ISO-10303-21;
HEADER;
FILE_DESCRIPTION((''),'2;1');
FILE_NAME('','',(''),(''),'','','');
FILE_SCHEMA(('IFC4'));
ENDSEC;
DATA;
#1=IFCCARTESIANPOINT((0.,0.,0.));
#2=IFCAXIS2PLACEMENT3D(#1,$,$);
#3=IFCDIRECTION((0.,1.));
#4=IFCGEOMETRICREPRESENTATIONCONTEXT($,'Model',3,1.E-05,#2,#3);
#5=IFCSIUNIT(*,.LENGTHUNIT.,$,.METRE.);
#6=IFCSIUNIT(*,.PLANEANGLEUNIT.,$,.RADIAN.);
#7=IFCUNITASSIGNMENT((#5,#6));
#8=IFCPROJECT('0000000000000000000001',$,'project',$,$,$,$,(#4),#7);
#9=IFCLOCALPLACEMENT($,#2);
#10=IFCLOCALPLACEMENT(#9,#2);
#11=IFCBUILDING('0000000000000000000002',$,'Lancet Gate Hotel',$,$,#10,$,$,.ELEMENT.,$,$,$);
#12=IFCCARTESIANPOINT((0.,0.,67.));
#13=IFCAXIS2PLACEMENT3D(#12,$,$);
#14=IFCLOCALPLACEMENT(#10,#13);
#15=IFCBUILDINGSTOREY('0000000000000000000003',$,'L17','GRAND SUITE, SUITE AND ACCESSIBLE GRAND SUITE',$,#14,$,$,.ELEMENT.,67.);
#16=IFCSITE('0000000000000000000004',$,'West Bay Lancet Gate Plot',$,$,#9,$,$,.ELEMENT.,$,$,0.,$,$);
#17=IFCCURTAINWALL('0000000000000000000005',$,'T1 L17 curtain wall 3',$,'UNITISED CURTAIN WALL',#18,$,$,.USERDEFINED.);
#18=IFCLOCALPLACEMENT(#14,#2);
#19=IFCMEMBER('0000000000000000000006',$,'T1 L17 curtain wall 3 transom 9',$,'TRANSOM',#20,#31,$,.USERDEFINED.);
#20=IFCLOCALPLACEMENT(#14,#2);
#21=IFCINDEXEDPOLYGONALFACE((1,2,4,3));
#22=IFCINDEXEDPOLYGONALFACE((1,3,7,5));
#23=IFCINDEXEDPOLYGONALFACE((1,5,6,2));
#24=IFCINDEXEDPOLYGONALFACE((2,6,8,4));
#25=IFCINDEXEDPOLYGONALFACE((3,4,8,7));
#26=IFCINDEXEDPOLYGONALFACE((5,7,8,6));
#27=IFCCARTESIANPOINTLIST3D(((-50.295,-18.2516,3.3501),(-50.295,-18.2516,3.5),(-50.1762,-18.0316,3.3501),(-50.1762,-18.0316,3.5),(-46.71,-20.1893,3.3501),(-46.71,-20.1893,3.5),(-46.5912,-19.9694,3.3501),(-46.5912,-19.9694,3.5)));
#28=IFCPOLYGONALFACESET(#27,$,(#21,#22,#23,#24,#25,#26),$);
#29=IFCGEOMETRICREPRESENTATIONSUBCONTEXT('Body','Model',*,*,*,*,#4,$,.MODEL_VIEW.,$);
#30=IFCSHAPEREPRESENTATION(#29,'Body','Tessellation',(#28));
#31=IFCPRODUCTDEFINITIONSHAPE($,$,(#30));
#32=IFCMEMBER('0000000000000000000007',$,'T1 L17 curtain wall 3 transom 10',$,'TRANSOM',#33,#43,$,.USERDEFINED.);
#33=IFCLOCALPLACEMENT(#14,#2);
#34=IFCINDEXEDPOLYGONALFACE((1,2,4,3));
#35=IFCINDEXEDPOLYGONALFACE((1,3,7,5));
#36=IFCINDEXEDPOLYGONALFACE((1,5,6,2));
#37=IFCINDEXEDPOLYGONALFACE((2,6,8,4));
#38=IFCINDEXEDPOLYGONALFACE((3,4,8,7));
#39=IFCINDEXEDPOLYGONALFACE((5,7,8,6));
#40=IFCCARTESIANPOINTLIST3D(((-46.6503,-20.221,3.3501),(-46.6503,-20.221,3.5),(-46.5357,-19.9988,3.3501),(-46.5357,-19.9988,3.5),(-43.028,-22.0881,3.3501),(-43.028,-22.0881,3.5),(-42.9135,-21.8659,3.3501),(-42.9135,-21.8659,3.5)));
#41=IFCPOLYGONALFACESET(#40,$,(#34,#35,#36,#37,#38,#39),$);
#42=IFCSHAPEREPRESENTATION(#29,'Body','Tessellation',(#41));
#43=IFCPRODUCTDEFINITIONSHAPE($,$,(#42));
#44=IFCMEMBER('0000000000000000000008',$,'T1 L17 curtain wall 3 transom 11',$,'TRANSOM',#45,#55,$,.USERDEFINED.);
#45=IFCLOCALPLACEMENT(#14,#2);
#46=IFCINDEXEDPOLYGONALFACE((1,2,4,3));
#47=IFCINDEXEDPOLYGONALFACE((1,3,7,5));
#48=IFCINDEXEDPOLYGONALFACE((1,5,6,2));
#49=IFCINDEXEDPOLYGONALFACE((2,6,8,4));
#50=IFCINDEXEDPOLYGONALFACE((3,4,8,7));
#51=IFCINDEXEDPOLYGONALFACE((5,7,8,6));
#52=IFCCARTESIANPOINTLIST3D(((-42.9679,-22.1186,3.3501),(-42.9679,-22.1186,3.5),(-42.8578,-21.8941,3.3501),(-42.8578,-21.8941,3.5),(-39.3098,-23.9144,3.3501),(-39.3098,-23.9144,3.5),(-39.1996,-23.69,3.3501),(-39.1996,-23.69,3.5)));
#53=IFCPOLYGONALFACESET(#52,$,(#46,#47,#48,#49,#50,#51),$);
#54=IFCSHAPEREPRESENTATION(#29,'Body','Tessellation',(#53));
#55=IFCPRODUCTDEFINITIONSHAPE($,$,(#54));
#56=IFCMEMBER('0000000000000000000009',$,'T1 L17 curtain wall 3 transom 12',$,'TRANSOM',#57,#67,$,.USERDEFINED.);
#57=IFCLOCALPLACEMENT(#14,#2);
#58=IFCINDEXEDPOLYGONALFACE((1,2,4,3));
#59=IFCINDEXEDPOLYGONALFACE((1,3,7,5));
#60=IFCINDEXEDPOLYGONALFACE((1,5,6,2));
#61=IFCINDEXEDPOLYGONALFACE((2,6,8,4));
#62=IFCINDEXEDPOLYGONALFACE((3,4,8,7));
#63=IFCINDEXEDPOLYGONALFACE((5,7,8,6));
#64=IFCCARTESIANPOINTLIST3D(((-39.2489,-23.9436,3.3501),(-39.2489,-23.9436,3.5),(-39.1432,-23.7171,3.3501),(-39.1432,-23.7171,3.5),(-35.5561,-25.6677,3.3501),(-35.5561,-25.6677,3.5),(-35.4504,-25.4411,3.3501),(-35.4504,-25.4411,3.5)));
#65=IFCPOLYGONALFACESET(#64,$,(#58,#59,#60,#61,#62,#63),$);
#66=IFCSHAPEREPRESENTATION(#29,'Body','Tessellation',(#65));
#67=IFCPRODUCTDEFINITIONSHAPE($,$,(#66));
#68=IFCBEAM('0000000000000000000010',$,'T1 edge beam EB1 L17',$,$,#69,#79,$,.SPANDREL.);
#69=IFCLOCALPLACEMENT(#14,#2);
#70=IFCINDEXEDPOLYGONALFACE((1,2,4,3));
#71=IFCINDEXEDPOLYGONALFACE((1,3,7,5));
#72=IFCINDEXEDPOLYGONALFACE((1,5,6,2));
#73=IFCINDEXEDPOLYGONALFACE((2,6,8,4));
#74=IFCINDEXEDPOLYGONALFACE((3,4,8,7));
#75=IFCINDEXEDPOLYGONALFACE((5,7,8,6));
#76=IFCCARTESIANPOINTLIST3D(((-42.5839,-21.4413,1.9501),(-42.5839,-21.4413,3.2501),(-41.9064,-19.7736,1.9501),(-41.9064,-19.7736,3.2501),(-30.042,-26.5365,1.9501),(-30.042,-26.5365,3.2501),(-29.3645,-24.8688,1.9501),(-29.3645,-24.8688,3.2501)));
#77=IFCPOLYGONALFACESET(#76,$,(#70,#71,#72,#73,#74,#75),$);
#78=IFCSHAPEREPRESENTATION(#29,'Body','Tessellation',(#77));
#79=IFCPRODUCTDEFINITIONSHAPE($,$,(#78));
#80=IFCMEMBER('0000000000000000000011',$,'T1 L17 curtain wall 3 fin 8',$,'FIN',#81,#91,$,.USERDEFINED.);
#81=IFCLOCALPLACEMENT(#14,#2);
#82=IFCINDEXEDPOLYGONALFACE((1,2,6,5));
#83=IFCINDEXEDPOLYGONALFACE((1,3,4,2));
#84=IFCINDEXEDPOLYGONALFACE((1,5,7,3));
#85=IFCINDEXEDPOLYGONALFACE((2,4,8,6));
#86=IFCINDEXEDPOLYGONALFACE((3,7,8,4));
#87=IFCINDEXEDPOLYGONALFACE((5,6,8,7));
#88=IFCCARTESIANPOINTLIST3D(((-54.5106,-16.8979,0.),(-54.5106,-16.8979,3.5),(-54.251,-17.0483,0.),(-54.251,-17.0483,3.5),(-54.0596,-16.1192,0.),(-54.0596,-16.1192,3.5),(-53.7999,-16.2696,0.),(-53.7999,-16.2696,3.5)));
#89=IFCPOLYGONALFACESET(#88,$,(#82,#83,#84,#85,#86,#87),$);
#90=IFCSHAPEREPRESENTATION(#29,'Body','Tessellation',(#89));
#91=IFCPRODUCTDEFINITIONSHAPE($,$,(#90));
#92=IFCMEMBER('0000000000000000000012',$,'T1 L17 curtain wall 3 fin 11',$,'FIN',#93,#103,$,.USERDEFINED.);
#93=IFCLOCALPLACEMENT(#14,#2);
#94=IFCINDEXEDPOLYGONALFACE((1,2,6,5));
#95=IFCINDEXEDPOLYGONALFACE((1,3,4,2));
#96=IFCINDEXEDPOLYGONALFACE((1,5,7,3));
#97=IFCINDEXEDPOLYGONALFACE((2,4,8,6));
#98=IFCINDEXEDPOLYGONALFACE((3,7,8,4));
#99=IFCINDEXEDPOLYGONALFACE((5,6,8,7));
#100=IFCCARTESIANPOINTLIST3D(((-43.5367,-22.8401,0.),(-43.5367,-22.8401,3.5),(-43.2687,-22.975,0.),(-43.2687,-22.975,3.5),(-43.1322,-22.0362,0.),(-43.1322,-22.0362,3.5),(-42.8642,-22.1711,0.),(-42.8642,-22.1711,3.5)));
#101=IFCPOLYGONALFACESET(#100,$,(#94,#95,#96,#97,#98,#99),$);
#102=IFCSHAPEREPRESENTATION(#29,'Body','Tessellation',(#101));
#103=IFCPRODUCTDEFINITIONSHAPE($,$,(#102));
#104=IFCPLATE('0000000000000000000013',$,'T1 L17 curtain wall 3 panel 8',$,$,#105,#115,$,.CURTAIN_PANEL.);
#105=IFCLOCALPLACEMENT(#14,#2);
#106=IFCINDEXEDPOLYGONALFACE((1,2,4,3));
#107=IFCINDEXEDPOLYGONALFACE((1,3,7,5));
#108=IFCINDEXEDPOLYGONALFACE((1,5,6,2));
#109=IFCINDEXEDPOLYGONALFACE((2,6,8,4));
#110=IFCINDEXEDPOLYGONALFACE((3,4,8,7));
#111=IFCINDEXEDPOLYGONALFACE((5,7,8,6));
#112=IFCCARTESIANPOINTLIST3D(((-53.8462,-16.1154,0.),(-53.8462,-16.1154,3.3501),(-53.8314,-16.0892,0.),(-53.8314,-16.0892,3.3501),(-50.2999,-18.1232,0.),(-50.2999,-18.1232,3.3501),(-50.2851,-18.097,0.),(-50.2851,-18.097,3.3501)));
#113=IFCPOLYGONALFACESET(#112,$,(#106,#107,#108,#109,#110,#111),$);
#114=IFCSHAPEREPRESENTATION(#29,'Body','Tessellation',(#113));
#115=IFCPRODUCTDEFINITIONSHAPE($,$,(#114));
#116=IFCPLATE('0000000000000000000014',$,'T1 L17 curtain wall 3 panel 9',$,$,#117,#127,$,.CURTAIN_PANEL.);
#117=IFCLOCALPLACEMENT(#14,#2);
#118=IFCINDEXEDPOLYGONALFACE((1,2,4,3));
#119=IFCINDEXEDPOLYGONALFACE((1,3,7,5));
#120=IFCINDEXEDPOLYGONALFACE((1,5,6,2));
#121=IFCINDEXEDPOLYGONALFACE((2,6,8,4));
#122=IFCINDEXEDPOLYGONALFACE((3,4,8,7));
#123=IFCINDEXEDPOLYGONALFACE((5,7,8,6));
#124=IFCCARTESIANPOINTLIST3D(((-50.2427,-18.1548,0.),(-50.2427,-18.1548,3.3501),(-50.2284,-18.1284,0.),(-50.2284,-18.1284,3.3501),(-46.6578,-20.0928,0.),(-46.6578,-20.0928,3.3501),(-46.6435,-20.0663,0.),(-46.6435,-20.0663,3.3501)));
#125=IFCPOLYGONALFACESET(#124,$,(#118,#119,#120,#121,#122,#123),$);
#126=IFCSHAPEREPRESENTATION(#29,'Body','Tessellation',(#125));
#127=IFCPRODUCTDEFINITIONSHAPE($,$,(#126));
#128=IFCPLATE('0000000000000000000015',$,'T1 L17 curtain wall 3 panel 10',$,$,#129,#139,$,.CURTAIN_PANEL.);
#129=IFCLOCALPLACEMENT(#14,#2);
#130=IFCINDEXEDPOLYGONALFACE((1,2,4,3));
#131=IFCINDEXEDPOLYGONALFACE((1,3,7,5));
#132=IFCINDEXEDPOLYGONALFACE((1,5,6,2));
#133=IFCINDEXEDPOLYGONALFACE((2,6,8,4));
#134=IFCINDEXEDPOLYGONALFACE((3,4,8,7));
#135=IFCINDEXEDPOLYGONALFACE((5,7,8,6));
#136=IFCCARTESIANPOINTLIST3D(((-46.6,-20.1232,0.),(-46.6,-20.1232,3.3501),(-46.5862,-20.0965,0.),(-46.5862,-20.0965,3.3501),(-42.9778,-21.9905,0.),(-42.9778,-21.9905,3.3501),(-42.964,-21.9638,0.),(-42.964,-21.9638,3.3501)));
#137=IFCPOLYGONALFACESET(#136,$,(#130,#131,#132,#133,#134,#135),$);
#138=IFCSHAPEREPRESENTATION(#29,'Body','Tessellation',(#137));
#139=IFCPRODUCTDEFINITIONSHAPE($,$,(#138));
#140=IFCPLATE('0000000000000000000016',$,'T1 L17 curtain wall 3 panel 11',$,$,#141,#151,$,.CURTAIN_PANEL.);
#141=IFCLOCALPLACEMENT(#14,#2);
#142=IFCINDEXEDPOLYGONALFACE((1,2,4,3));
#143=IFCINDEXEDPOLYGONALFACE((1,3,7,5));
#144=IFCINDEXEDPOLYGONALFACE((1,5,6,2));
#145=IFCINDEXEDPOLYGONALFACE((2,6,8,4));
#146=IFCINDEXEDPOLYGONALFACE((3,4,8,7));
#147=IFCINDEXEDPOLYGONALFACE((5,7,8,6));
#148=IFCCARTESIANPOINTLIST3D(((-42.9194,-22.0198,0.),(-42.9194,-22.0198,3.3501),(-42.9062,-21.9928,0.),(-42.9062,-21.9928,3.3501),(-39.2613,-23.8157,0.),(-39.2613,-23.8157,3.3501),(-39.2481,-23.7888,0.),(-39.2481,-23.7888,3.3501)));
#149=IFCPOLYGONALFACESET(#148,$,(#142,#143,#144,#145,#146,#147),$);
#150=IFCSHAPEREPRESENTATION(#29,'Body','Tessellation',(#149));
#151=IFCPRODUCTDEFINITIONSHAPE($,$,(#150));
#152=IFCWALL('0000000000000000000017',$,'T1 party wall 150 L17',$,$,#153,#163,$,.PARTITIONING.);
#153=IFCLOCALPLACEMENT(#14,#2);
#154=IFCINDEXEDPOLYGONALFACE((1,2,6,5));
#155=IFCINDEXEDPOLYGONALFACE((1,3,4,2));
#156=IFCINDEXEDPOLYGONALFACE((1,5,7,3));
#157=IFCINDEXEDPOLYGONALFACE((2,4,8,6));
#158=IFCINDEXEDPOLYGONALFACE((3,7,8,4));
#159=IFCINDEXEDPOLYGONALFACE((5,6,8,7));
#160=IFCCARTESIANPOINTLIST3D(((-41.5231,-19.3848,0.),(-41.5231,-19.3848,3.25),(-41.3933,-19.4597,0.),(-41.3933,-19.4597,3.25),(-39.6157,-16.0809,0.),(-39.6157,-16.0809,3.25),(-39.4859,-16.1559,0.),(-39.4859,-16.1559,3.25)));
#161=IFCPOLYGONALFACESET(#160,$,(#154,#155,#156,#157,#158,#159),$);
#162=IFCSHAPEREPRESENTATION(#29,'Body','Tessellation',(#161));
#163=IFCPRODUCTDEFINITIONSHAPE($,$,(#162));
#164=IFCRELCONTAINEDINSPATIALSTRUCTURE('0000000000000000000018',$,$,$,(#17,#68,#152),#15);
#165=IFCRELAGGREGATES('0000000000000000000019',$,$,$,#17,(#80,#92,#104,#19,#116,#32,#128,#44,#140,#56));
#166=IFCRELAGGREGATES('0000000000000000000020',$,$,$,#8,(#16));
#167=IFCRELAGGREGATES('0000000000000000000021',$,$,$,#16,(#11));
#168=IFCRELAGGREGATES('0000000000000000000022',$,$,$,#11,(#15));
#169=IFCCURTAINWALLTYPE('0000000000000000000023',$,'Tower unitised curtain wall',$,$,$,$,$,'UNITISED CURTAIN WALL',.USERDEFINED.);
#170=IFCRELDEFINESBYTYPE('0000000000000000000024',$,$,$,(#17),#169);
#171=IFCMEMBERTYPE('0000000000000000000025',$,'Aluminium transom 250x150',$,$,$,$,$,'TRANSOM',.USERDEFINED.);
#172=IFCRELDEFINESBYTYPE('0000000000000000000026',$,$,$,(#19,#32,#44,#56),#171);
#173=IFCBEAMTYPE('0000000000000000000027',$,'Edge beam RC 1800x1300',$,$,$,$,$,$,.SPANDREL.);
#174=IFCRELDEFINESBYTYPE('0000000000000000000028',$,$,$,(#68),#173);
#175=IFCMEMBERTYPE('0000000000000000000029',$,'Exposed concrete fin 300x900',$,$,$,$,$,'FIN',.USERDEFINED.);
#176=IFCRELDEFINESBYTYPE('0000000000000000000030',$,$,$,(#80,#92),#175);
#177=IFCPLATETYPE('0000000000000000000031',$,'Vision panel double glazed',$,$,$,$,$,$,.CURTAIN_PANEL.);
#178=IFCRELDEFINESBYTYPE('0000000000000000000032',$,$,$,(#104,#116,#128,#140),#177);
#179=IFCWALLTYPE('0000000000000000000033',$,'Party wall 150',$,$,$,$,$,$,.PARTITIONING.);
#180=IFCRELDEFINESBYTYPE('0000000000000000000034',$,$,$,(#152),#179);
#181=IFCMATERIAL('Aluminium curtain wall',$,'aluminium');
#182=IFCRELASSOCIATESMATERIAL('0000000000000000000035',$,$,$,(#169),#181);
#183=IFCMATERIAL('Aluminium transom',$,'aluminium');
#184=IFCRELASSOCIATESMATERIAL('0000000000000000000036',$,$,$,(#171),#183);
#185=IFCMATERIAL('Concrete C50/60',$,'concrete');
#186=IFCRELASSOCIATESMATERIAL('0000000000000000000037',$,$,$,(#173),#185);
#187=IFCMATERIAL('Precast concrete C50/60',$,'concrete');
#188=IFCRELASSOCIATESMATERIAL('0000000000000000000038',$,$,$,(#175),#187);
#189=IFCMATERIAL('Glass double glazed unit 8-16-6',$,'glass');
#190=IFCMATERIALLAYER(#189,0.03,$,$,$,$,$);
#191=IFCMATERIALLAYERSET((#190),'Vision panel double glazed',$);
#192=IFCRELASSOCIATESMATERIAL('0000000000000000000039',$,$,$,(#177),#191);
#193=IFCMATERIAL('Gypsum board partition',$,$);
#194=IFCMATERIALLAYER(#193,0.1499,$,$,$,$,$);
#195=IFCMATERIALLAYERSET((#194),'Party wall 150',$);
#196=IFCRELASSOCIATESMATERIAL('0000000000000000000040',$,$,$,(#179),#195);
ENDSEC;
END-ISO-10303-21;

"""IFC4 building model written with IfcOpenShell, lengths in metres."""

from ifc_helpers import new_model, si_unit, direction, frame, frame_2d, origin, origin_2d, place, context, subcontext, project, spatial, rectangle, extrude, material, layer, layer_set, material_profile, profile_set, type_object, element, aggregate, save


model = new_model("IFC4")

# Units and contexts
model_context = context("Model", 3, precision=1e-05, world=origin(), true_north=direction((0.0, 1.0)))
body_context = subcontext(model_context, "Body", "Model", "MODEL_VIEW")
ifc_project = project(units=[si_unit("LENGTHUNIT", "METRE"), si_unit("PLANEANGLEUNIT", "RADIAN")], contexts=[model_context])

# Site, building, storey
site_placement = place(None, origin())
site = spatial("IfcSite", under=ifc_project, at=site_placement, Name="West Bay Lancet Gate Plot", CompositionType="ELEMENT", RefElevation=0.0)
building_placement = place(site_placement, origin())
building = spatial("IfcBuilding", under=site, at=building_placement, Name="Lancet Gate Hotel", CompositionType="ELEMENT")
storey_placement = place(building_placement, frame((0.0, 0.0, 67.0)))
storey = spatial("IfcBuildingStorey", under=building, at=storey_placement, Name="L17", Description="GRAND SUITE, SUITE AND ACCESSIBLE GRAND SUITE", CompositionType="ELEMENT", Elevation=67.0)

# Curtain wall, members
ifc_material_1 = material(Name="Aluminium curtain wall", Category="aluminium")
curtain_wall_type = type_object("IfcCurtainWallType", Name="Tower unitised curtain wall", ElementType="UNITISED CURTAIN WALL", PredefinedType="USERDEFINED", material=ifc_material_1)
curtain_wall_placement = place(storey_placement, origin())
curtain_wall = element("IfcCurtainWall", 1, at=curtain_wall_placement, inside=storey, type_object=curtain_wall_type, Name="T1 L17 curtain wall 3", ObjectType="UNITISED CURTAIN WALL", PredefinedType="USERDEFINED")
ifc_material_2 = material(Name="Aluminium transom", Category="aluminium")
ifc_material_profile_1 = material_profile(ifc_material_2, rectangle(XDim=0.25, YDim=0.1499, at=origin_2d()), Name="TRANSOM 250x150")
ifc_profile_set_1 = profile_set([ifc_material_profile_1], Name="Aluminium transom")
member_type_1 = type_object("IfcMemberType", Name="Aluminium transom 250x150", ElementType="TRANSOM", PredefinedType="USERDEFINED", material=ifc_profile_set_1)
member_1_placement = place(storey_placement, frame((-50.2356, -18.1416, 3.425), z_axis=(0.879714, -0.475503, 0.0), x_axis=(0.475503, 0.879714, 0.0)))
member_1 = element("IfcMember", 2, at=member_1_placement, type_object=member_type_1, Name="T1 L17 curtain wall 3 transom 9", ObjectType="TRANSOM", PredefinedType="USERDEFINED", context=body_context, shape_type="SweptSolid", body=[
    extrude(rectangle(XDim=0.25, YDim=0.1499, at=origin_2d()), origin(), (0.0, 0.0, 1.0), 4.0752),
])
member_2_placement = place(storey_placement, frame((-46.593, -20.1099, 3.425), z_axis=(0.88886, -0.458179, 0.0), x_axis=(0.458179, 0.88886, 0.0)))
member_2 = element("IfcMember", 3, at=member_2_placement, type_object=member_type_1, Name="T1 L17 curtain wall 3 transom 10", ObjectType="TRANSOM", PredefinedType="USERDEFINED", context=body_context, shape_type="SweptSolid", body=[
    extrude(rectangle(XDim=0.25, YDim=0.1499, at=origin_2d()), origin(), (0.0, 0.0, 1.0), 4.0752),
])
member_3_placement = place(storey_placement, frame((-42.9128, -22.0063, 3.425), z_axis=(0.897662, -0.440684, 0.0), x_axis=(0.440684, 0.897662, 0.0)))
member_3 = element("IfcMember", 4, at=member_3_placement, type_object=member_type_1, Name="T1 L17 curtain wall 3 transom 11", ObjectType="TRANSOM", PredefinedType="USERDEFINED", context=body_context, shape_type="SweptSolid", body=[
    extrude(rectangle(XDim=0.25, YDim=0.1499, at=origin_2d()), origin(), (0.0, 0.0, 1.0), 4.0752),
])
member_4_placement = place(storey_placement, frame((-39.196, -23.8303, 3.425), z_axis=(0.90611, -0.423043, 0.0), x_axis=(0.423043, 0.90611, 0.0)))
member_4 = element("IfcMember", 5, at=member_4_placement, type_object=member_type_1, Name="T1 L17 curtain wall 3 transom 12", ObjectType="TRANSOM", PredefinedType="USERDEFINED", context=body_context, shape_type="SweptSolid", body=[
    extrude(rectangle(XDim=0.25, YDim=0.1499, at=origin_2d()), origin(), (0.0, 0.0, 1.0), 4.0754),
])

# Beam
ifc_material_3 = material(Name="Concrete C50/60", Category="concrete")
ifc_material_profile_2 = material_profile(ifc_material_3, rectangle(XDim=1.8, YDim=1.3, at=origin_2d()), Name="RC 1800x1300")
ifc_profile_set_2 = profile_set([ifc_material_profile_2], Name="Concrete C50/60")
beam_type = type_object("IfcBeamType", Name="Edge beam RC 1800x1300", PredefinedType="SPANDREL", material=ifc_profile_set_2)
beam_placement = place(storey_placement, frame((-42.2451, -20.6074, 2.6001), z_axis=(0.926463, -0.376385, 0.0), x_axis=(0.376385, 0.926463, 0.0)))
element("IfcBeam", 6, at=beam_placement, inside=storey, type_object=beam_type, Name="T1 edge beam EB1 L17", PredefinedType="SPANDREL", context=body_context, shape_type="SweptSolid", body=[
    extrude(rectangle(XDim=1.8, YDim=1.3, at=origin_2d()), origin(), (0.0, 0.0, 1.0), 13.5374),
])

# Members
ifc_material_4 = material(Name="Precast concrete C50/60", Category="concrete")
ifc_material_profile_3 = material_profile(ifc_material_4, rectangle(XDim=0.3, YDim=0.8999, at=origin_2d()), Name="FIN 300x900")
ifc_profile_set_3 = profile_set([ifc_material_profile_3], Name="Precast concrete C50/60")
member_type_2 = type_object("IfcMemberType", Name="Exposed concrete fin 300x900", ElementType="FIN", PredefinedType="USERDEFINED", material=ifc_profile_set_3)
member_5_placement = place(storey_placement, frame((-54.1553, -16.5837, 0.0), z_axis=(0.0, 0.0, 1.0), x_axis=(0.865335, -0.501194, 0.0)))
member_5 = element("IfcMember", 7, at=member_5_placement, type_object=member_type_2, Name="T1 L17 curtain wall 3 fin 8", ObjectType="FIN", PredefinedType="USERDEFINED", context=body_context, shape_type="SweptSolid", body=[
    extrude(rectangle(XDim=0.3, YDim=0.8999, at=origin_2d()), origin(), (0.0, 0.0, 1.0), 3.5),
])
member_6_placement = place(storey_placement, frame((-43.2004, -22.5056, 0.0), z_axis=(0.0, 0.0, 1.0), x_axis=(0.893292, -0.449478, 0.0)))
member_6 = element("IfcMember", 8, at=member_6_placement, type_object=member_type_2, Name="T1 L17 curtain wall 3 fin 11", ObjectType="FIN", PredefinedType="USERDEFINED", context=body_context, shape_type="SweptSolid", body=[
    extrude(rectangle(XDim=0.3, YDim=0.8999, at=origin_2d()), origin(), (0.0, 0.0, 1.0), 3.5),
])

# Plates
ifc_material_5 = material(Name="Glass double glazed unit 8-16-6", Category="glass")
ifc_layer_1 = layer(ifc_material_5, 0.03)
ifc_layer_set_1 = layer_set([ifc_layer_1], Name="Vision panel double glazed")
plate_type = type_object("IfcPlateType", Name="Vision panel double glazed", PredefinedType="CURTAIN_PANEL", material=ifc_layer_set_1)
plate_1_placement = place(storey_placement, frame((-52.0657, -17.1062, 0.0), z_axis=(0.0, 0.0, 1.0), x_axis=(0.870205, -0.49269, 0.0)))
plate_1 = element("IfcPlate", 9, at=plate_1_placement, type_object=plate_type, Name="T1 L17 curtain wall 3 panel 8", PredefinedType="CURTAIN_PANEL", context=body_context, shape_type="SweptSolid", body=[
    extrude(rectangle(XDim=4.0752, YDim=0.03, at=origin_2d()), origin(), (0.0, 0.0, 1.0), 3.3501),
])
plate_2_placement = place(storey_placement, frame((-48.4431, -19.1106, 0.0), z_axis=(0.0, 0.0, 1.0), x_axis=(0.879693, -0.475541, 0.0)))
plate_2 = element("IfcPlate", 10, at=plate_2_placement, type_object=plate_type, Name="T1 L17 curtain wall 3 panel 9", PredefinedType="CURTAIN_PANEL", context=body_context, shape_type="SweptSolid", body=[
    extrude(rectangle(XDim=4.0752, YDim=0.03, at=origin_2d()), origin(), (0.0, 0.0, 1.0), 3.3501),
])
plate_3_placement = place(storey_placement, frame((-44.782, -21.0435, 0.0), z_axis=(0.0, 0.0, 1.0), x_axis=(0.888844, -0.45821, 0.0)))
plate_3 = element("IfcPlate", 11, at=plate_3_placement, type_object=plate_type, Name="T1 L17 curtain wall 3 panel 10", PredefinedType="CURTAIN_PANEL", context=body_context, shape_type="SweptSolid", body=[
    extrude(rectangle(XDim=4.0752, YDim=0.03, at=origin_2d()), origin(), (0.0, 0.0, 1.0), 3.3501),
])
plate_4_placement = place(storey_placement, frame((-41.0837, -22.9043, 0.0), z_axis=(0.0, 0.0, 1.0), x_axis=(0.897653, -0.440702, 0.0)))
plate_4 = element("IfcPlate", 12, at=plate_4_placement, type_object=plate_type, Name="T1 L17 curtain wall 3 panel 11", PredefinedType="CURTAIN_PANEL", context=body_context, shape_type="SweptSolid", body=[
    extrude(rectangle(XDim=4.0752, YDim=0.03, at=origin_2d()), origin(), (0.0, 0.0, 1.0), 3.3501),
])
aggregate(curtain_wall, [member_5, member_6, plate_1, member_1, plate_2, member_2, plate_3, member_3, plate_4, member_4])

# Wall
ifc_material_6 = material(Name="Gypsum board partition")
ifc_layer_2 = layer(ifc_material_6, 0.1499)
ifc_layer_set_2 = layer_set([ifc_layer_2], Name="Party wall 150")
wall_type = type_object("IfcWallType", Name="Party wall 150", PredefinedType="PARTITIONING", material=ifc_layer_set_2)
wall_placement = place(storey_placement, frame((-39.5508, -16.1184, 0.0), z_axis=(0.0, 0.0, 1.0), x_axis=(-0.499987, -0.866033, 0.0)))
element("IfcWall", 13, at=wall_placement, inside=storey, type_object=wall_type, Name="T1 party wall 150 L17", PredefinedType="PARTITIONING", context=body_context, shape_type="SweptSolid", body=[
    extrude(rectangle(XDim=3.8149, YDim=0.1499, at=frame_2d((1.9075, 0.0))), origin(), (0.0, 0.0, 1.0), 3.25),
])

save(model, "model.ifc")
